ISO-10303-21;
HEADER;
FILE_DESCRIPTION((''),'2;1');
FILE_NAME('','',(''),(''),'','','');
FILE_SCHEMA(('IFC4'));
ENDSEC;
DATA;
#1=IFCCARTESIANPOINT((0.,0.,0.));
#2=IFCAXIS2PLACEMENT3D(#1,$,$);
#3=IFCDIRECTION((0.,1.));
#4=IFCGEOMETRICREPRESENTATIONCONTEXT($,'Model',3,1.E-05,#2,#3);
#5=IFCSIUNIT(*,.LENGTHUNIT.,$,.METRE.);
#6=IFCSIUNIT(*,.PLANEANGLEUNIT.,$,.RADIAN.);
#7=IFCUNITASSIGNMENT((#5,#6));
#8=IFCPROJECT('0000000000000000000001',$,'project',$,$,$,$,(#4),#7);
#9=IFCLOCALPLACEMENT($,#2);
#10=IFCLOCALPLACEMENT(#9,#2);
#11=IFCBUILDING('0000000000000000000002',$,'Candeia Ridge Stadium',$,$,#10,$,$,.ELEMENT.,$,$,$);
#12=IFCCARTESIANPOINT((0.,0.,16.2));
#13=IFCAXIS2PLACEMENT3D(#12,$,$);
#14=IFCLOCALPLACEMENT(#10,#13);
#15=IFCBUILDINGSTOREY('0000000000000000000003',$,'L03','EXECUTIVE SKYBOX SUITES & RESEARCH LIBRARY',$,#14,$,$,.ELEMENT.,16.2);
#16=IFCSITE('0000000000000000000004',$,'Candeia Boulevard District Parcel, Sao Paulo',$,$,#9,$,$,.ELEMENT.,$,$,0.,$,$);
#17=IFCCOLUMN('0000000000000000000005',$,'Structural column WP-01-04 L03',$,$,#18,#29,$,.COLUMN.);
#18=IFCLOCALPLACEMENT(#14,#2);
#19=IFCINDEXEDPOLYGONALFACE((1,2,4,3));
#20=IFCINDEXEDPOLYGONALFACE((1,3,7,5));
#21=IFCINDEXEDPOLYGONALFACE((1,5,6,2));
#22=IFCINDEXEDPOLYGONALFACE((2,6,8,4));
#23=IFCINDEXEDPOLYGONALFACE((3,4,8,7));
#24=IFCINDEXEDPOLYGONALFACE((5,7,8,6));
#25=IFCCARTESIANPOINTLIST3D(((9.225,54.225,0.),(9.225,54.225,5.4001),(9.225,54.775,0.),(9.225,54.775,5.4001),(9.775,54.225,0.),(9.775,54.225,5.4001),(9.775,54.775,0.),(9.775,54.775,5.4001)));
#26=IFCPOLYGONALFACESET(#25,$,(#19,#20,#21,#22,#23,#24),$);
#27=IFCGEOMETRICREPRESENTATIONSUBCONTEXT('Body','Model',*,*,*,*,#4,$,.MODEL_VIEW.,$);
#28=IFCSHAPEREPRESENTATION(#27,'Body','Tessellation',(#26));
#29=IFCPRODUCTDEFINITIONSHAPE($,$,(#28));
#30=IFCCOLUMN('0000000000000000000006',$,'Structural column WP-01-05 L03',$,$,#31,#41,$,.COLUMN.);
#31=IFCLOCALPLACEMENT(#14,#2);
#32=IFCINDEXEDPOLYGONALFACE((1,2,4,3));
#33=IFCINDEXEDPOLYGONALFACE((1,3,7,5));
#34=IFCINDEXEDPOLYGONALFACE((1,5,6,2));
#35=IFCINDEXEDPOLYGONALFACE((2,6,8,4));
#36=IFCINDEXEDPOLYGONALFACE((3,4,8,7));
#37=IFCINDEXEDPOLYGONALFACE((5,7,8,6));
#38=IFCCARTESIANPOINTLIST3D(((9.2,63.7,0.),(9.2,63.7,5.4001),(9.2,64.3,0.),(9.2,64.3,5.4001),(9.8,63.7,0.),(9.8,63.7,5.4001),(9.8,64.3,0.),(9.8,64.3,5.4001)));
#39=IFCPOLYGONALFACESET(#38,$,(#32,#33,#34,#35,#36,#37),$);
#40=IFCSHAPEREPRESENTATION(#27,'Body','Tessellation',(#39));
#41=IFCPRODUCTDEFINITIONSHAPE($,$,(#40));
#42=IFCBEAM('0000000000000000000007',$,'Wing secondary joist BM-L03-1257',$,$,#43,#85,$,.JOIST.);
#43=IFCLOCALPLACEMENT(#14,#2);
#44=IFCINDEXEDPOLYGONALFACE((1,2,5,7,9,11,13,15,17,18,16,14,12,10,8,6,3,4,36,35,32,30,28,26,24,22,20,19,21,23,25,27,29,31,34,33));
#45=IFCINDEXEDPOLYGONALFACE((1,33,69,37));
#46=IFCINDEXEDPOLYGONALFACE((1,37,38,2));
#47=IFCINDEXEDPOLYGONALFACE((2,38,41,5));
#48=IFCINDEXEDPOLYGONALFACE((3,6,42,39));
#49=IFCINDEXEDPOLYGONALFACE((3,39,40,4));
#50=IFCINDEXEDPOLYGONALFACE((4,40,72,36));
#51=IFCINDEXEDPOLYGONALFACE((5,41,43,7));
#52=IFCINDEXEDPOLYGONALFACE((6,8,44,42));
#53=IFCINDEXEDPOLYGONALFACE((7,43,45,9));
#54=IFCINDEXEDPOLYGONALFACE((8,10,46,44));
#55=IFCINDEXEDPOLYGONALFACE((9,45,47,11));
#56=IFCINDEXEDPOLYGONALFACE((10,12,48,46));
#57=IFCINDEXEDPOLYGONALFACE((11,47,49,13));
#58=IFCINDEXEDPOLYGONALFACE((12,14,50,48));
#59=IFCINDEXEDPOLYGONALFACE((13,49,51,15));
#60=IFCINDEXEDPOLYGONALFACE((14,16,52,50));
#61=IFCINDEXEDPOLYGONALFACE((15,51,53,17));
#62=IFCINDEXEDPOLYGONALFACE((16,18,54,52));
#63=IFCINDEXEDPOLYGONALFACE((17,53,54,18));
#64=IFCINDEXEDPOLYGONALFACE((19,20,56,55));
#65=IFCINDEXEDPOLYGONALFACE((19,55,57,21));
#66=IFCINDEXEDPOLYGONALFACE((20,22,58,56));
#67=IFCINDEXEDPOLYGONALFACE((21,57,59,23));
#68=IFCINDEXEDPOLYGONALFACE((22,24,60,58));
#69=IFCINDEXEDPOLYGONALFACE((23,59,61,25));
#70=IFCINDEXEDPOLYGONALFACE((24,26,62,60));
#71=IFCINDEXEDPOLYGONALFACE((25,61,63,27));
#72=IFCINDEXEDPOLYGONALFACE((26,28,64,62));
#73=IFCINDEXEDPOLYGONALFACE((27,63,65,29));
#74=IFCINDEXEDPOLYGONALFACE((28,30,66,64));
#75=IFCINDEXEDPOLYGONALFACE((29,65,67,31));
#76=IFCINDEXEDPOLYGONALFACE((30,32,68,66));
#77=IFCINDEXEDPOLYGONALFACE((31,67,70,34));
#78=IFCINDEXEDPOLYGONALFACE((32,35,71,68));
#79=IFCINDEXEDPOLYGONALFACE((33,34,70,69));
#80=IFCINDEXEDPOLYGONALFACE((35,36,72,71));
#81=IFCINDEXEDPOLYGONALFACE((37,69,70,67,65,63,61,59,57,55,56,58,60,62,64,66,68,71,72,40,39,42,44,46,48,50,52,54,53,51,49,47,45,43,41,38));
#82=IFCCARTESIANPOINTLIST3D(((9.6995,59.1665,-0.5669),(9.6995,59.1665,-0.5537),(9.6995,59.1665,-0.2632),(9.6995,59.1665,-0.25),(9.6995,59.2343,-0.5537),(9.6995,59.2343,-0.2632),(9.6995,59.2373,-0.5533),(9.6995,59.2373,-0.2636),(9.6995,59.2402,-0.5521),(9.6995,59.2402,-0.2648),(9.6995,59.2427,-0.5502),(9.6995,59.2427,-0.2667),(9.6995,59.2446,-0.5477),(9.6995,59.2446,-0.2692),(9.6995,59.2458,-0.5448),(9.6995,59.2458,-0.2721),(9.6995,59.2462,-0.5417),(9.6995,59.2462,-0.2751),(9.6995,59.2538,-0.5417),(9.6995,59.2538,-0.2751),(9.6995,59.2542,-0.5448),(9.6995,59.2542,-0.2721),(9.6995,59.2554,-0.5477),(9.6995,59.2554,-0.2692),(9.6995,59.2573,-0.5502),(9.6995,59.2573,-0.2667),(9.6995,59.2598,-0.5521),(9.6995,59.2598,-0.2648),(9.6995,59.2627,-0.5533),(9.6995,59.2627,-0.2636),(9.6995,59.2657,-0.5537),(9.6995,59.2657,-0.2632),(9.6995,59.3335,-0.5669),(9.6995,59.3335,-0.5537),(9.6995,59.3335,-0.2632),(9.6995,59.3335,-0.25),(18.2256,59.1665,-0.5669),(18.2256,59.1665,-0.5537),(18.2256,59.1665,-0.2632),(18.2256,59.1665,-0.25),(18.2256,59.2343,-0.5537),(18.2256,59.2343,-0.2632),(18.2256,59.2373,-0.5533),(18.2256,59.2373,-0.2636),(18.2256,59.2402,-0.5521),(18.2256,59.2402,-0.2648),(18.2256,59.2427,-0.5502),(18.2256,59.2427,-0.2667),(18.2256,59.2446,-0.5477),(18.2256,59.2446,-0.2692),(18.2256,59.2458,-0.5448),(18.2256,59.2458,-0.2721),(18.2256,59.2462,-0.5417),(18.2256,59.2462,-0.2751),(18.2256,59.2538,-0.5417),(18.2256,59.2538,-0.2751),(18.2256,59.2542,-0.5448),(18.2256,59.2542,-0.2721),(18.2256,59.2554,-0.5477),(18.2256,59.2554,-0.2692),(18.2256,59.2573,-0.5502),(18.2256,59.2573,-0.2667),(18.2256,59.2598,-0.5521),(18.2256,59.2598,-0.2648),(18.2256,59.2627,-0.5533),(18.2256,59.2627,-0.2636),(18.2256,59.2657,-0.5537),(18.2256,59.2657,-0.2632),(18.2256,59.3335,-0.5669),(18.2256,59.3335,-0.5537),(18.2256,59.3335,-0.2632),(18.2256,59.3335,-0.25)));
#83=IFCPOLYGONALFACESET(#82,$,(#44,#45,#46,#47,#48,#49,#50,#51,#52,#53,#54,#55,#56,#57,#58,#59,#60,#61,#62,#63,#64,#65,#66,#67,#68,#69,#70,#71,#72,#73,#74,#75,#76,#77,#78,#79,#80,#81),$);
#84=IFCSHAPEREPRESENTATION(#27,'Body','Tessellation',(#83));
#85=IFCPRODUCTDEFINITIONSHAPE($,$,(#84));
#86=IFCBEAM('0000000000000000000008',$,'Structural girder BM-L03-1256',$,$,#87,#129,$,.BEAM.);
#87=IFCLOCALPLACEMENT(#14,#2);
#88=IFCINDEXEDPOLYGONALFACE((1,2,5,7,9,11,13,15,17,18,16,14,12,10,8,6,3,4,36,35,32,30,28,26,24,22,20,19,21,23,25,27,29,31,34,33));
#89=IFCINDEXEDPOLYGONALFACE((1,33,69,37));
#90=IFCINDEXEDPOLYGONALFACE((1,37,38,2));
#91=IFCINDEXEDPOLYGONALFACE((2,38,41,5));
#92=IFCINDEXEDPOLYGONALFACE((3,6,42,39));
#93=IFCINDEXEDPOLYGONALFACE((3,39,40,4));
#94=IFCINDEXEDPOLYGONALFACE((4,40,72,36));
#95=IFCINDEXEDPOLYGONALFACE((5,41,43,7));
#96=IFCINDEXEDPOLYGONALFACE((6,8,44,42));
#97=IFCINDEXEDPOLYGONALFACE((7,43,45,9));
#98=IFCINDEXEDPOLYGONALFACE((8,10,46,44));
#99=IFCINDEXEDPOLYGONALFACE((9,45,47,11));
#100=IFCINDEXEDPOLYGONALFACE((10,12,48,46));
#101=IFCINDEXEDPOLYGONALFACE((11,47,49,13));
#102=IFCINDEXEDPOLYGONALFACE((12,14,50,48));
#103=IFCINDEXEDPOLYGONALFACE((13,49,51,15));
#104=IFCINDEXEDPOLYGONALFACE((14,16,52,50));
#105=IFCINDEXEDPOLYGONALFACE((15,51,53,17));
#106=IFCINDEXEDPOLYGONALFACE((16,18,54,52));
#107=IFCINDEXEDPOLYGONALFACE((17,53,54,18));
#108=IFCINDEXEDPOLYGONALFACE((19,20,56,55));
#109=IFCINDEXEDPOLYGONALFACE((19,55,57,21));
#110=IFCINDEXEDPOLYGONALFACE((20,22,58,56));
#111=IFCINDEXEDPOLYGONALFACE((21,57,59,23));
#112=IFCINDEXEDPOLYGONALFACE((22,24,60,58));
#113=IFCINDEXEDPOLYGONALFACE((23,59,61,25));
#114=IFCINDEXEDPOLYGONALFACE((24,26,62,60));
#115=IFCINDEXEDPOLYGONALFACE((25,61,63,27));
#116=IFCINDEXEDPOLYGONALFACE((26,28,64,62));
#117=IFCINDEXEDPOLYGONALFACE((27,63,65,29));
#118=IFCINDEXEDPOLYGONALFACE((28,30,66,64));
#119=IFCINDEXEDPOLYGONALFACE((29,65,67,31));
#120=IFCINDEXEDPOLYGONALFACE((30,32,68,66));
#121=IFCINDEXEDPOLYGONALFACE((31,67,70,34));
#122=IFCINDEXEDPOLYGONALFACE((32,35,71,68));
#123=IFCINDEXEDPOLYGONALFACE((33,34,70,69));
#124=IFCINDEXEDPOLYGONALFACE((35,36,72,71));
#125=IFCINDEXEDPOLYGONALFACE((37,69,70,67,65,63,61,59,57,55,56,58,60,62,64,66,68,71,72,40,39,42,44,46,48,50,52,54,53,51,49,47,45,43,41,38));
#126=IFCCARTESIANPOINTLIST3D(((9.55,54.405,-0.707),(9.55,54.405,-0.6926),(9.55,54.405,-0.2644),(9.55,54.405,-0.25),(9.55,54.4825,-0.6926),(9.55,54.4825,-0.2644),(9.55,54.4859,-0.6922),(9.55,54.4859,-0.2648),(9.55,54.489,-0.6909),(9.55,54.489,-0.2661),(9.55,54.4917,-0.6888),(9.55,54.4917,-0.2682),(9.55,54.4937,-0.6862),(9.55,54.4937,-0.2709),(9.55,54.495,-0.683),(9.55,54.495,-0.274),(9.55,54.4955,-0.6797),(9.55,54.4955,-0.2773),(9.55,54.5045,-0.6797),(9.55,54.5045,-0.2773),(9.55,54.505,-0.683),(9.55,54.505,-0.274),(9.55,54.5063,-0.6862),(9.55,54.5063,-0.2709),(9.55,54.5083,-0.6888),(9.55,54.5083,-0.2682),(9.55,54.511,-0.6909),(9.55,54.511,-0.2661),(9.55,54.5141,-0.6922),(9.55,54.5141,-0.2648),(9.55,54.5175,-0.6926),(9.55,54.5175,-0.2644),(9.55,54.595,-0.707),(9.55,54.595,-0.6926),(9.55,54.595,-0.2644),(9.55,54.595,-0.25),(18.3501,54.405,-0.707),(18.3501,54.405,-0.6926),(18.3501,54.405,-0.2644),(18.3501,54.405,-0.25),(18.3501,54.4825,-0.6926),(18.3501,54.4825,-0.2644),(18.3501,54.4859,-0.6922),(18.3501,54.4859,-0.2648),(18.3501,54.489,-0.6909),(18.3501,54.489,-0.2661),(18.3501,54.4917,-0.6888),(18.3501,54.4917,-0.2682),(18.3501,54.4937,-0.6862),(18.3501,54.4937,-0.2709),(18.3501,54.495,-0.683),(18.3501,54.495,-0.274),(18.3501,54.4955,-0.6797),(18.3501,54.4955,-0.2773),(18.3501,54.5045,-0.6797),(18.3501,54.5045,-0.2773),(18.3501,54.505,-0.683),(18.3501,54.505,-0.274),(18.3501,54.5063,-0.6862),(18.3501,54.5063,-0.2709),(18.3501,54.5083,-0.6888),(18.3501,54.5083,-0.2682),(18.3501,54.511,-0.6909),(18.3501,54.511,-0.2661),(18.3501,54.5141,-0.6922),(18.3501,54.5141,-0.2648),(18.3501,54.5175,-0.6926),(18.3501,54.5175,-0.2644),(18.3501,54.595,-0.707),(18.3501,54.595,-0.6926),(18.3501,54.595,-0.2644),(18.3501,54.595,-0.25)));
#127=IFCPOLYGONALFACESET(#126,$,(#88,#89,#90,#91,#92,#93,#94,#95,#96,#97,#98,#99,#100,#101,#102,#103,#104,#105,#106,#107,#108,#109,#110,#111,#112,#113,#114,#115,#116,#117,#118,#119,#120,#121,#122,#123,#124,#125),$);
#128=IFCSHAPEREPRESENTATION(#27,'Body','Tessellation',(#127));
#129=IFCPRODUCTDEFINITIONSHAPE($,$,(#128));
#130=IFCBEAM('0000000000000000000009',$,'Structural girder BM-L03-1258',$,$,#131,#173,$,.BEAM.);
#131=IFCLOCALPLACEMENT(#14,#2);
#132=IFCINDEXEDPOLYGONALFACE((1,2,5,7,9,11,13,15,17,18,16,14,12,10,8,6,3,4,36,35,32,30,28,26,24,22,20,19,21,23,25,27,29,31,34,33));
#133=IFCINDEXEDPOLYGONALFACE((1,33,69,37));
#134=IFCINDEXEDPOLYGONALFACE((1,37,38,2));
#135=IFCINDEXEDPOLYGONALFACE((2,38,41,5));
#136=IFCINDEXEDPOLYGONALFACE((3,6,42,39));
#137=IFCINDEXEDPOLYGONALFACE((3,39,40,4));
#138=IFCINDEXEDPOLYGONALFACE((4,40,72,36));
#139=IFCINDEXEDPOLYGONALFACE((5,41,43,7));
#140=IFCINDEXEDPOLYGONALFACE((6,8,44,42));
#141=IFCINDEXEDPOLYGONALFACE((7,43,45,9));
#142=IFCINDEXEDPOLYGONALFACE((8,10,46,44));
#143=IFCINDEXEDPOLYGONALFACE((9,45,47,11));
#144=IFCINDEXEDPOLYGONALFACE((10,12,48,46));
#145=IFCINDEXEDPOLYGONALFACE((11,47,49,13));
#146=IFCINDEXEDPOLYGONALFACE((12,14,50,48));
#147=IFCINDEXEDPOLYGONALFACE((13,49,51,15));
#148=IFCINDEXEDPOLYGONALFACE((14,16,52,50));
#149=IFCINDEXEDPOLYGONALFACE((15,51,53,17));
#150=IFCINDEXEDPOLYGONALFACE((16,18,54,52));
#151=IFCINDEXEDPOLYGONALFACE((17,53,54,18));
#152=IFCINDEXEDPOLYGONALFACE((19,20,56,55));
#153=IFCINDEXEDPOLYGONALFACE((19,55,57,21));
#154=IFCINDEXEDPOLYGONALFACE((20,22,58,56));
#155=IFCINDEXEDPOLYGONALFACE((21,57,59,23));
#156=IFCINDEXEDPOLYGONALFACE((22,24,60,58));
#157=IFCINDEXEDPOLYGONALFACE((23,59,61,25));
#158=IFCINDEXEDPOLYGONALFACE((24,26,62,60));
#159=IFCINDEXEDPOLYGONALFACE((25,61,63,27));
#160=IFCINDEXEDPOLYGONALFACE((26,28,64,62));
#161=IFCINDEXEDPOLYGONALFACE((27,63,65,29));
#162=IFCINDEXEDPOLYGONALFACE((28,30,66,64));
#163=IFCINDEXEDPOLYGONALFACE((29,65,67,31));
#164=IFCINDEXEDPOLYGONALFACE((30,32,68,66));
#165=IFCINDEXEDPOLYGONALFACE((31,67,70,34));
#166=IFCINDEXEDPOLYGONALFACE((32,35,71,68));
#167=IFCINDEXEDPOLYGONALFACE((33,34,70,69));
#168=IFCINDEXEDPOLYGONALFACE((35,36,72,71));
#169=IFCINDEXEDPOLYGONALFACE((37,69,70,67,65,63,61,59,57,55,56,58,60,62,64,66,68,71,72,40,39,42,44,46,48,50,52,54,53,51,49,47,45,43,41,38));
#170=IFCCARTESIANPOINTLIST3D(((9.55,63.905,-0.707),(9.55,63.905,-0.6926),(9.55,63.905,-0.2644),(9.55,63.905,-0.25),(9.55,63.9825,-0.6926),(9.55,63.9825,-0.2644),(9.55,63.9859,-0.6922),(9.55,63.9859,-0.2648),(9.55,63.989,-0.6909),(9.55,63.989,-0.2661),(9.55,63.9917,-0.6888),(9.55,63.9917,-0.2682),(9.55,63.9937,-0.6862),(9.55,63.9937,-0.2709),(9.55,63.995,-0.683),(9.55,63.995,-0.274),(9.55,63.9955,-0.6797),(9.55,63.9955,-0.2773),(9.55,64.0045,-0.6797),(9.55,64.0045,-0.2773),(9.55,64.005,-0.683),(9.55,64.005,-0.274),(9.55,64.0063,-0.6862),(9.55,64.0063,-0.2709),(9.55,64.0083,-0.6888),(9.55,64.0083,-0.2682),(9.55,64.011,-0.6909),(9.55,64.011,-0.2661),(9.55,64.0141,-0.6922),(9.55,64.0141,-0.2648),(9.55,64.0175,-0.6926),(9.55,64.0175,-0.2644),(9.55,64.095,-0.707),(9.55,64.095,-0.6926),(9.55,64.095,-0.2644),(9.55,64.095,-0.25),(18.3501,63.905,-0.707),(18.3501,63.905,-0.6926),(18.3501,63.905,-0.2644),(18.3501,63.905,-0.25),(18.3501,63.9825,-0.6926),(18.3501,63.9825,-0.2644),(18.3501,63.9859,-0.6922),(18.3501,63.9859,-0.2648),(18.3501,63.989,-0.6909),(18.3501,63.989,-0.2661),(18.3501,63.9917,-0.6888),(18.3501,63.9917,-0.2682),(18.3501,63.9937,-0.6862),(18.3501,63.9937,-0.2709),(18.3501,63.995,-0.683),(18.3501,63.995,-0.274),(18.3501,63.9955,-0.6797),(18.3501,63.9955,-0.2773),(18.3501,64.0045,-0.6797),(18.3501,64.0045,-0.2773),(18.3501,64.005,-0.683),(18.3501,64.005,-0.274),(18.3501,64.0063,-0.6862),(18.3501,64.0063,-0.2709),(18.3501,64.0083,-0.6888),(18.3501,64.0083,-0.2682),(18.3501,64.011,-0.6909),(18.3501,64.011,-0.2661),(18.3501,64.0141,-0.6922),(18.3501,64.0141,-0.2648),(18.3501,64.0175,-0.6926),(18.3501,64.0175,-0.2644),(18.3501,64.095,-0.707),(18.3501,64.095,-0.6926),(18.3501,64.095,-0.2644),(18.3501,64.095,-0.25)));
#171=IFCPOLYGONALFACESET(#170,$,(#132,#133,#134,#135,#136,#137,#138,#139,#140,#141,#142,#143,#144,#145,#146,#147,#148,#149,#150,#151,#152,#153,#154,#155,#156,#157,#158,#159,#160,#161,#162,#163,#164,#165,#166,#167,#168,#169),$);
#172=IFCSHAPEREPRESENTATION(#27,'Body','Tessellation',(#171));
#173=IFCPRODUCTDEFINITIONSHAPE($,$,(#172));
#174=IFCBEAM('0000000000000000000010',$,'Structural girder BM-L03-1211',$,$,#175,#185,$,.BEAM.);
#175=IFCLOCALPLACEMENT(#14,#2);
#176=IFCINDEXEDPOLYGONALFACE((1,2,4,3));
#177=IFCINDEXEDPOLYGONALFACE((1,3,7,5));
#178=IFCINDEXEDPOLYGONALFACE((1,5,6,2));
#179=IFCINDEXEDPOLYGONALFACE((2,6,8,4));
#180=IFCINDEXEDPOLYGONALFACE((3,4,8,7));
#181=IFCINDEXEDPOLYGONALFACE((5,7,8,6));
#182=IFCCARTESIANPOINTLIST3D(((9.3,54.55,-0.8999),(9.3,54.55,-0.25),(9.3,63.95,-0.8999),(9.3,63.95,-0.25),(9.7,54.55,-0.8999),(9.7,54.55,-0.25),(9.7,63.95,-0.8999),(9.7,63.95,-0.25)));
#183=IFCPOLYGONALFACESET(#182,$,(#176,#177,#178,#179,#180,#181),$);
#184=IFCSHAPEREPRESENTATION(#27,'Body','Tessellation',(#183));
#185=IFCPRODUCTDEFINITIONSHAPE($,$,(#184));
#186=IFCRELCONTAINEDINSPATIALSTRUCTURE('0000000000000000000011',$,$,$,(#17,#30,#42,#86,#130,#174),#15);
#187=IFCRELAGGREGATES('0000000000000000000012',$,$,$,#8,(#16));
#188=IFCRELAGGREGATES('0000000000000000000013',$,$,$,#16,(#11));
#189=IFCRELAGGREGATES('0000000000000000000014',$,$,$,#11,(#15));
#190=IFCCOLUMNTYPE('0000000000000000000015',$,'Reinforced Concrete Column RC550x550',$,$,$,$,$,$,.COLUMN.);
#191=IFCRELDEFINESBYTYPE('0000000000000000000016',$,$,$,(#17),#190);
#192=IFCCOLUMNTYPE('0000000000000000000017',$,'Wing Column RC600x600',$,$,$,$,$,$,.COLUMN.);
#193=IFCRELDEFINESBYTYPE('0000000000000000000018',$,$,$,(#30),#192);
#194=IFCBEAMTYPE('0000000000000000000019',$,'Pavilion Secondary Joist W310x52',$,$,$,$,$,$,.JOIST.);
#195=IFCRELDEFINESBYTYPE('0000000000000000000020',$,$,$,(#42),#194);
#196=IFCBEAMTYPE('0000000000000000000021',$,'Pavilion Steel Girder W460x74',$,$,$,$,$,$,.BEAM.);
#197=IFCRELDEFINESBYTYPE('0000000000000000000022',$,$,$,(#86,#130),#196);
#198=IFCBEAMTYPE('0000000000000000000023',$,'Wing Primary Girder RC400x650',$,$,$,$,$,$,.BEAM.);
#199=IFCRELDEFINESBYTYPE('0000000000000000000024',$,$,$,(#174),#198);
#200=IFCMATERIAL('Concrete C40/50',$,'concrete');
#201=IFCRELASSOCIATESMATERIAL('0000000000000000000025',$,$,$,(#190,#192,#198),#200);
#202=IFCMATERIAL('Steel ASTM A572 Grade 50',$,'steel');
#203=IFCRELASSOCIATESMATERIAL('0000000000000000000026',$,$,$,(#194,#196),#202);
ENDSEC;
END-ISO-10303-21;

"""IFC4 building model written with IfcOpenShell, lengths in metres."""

from ifc_helpers import new_model, si_unit, direction, frame, origin, origin_2d, place, context, subcontext, project, spatial, rectangle, i_section, extrude, material, material_profile, profile_set, type_object, element, save


model = new_model("IFC4")

# Units and contexts
model_context = context("Model", 3, precision=1e-05, world=origin(), true_north=direction((0.0, 1.0)))
body_context = subcontext(model_context, "Body", "Model", "MODEL_VIEW")
ifc_project = project(units=[si_unit("LENGTHUNIT", "METRE"), si_unit("PLANEANGLEUNIT", "RADIAN")], contexts=[model_context])

# Site, building, storey
site_placement = place(None, origin())
site = spatial("IfcSite", under=ifc_project, at=site_placement, Name="Candeia Boulevard District Parcel, Sao Paulo", CompositionType="ELEMENT", RefElevation=0.0)
building_placement = place(site_placement, origin())
building = spatial("IfcBuilding", under=site, at=building_placement, Name="Candeia Ridge Stadium", CompositionType="ELEMENT")
storey_placement = place(building_placement, frame((0.0, 0.0, 16.2)))
storey = spatial("IfcBuildingStorey", under=building, at=storey_placement, Name="L03", Description="EXECUTIVE SKYBOX SUITES & RESEARCH LIBRARY", CompositionType="ELEMENT", Elevation=16.2)

# Columns
ifc_material_1 = material(Name="Concrete C40/50", Category="concrete")
ifc_material_profile_1 = material_profile(ifc_material_1, rectangle(XDim=0.55, YDim=0.55, at=origin_2d()), Name="RC550x550", Category="concrete")
ifc_profile_set_1 = profile_set([ifc_material_profile_1], Name="Concrete C40/50")
column_type_1 = type_object("IfcColumnType", Name="Reinforced Concrete Column RC550x550", PredefinedType="COLUMN", material=ifc_profile_set_1)
column_1_placement = place(storey_placement, frame((9.5, 54.5, 0.0), z_axis=(0.0, 0.0, 1.0), x_axis=(1.0, 0.0, 0.0)))
element("IfcColumn", 1, at=column_1_placement, inside=storey, type_object=column_type_1, Name="Structural column WP-01-04 L03", PredefinedType="COLUMN", context=body_context, shape_type="SweptSolid", body=[
    extrude(rectangle(XDim=0.55, YDim=0.55, at=origin_2d()), origin(), (0.0, 0.0, 1.0), 5.4001),
])
ifc_material_profile_2 = material_profile(ifc_material_1, rectangle(XDim=0.6001, YDim=0.6001, at=origin_2d()), Name="RC600x600", Category="concrete")
ifc_profile_set_2 = profile_set([ifc_material_profile_2], Name="Concrete C40/50")
column_type_2 = type_object("IfcColumnType", Name="Wing Column RC600x600", PredefinedType="COLUMN", material=ifc_profile_set_2)
column_2_placement = place(storey_placement, frame((9.5, 64.0, 0.0), z_axis=(0.0, 0.0, 1.0), x_axis=(1.0, 0.0, 0.0)))
element("IfcColumn", 2, at=column_2_placement, inside=storey, type_object=column_type_2, Name="Structural column WP-01-05 L03", PredefinedType="COLUMN", context=body_context, shape_type="SweptSolid", body=[
    extrude(rectangle(XDim=0.6001, YDim=0.6001, at=origin_2d()), origin(), (0.0, 0.0, 1.0), 5.4001),
])

# Beams
ifc_material_2 = material(Name="Steel ASTM A572 Grade 50", Category="steel")
ifc_material_profile_3 = material_profile(ifc_material_2, i_section(OverallWidth=0.167, OverallDepth=0.3169, WebThickness=0.0076, FlangeThickness=0.0132, FilletRadius=0.012, at=origin_2d()), Name="W310x52", Category="steel")
ifc_profile_set_3 = profile_set([ifc_material_profile_3], Name="Steel ASTM A572 Grade 50")
beam_type_1 = type_object("IfcBeamType", Name="Pavilion Secondary Joist W310x52", PredefinedType="JOIST", material=ifc_profile_set_3)
beam_placement = place(storey_placement, frame((9.6995, 59.25, -0.4084), z_axis=(1.0, 0.0, 0.0), x_axis=(0.0, 1.0, 0.0)))
element("IfcBeam", 3, at=beam_placement, inside=storey, type_object=beam_type_1, Name="Wing secondary joist BM-L03-1257", PredefinedType="JOIST", context=body_context, shape_type="SweptSolid", body=[
    extrude(i_section(OverallWidth=0.167, OverallDepth=0.3169, WebThickness=0.0076, FlangeThickness=0.0132, FilletRadius=0.012, at=origin_2d()), origin(), (0.0, 0.0, 1.0), 8.5261),
])
ifc_material_profile_4 = material_profile(ifc_material_2, i_section(OverallWidth=0.1899, OverallDepth=0.457, WebThickness=0.009, FlangeThickness=0.0144, FilletRadius=0.0129, at=origin_2d()), Name="W460x74", Category="steel")
ifc_profile_set_4 = profile_set([ifc_material_profile_4], Name="Steel ASTM A572 Grade 50")
beam_type_2 = type_object("IfcBeamType", Name="Pavilion Steel Girder W460x74", PredefinedType="BEAM", material=ifc_profile_set_4)
for number, where, z_axis, x_axis, name in (
    (4, (9.55, 54.5, -0.4785), (1.0, 0.0, 0.0), (0.0, 1.0, 0.0), "Structural girder BM-L03-1256"),
    (5, (9.55, 64.0, -0.4785), (1.0, 0.0, 0.0), (0.0, 1.0, 0.0), "Structural girder BM-L03-1258"),
):
    element("IfcBeam", number, at=place(storey_placement, frame(where, z_axis=z_axis, x_axis=x_axis)), inside=storey, type_object=beam_type_2, Name=name, PredefinedType="BEAM", context=body_context, shape_type="SweptSolid", body=[
        extrude(i_section(OverallWidth=0.1899, OverallDepth=0.457, WebThickness=0.009, FlangeThickness=0.0144, FilletRadius=0.0129, at=origin_2d()), origin(), (0.0, 0.0, 1.0), 8.8),
    ])
ifc_material_profile_5 = material_profile(ifc_material_1, rectangle(XDim=0.3999, YDim=0.6499, at=origin_2d()), Name="RC400x650", Category="concrete")
ifc_profile_set_5 = profile_set([ifc_material_profile_5], Name="Concrete C40/50")
beam_type_3 = type_object("IfcBeamType", Name="Wing Primary Girder RC400x650", PredefinedType="BEAM", material=ifc_profile_set_5)
for number, where, z_axis, x_axis, name in (
    (6, (9.5, 54.55, -0.575), (0.0, 1.0, 0.0), (-1.0, 0.0, 0.0), "Structural girder BM-L03-1211"),
):
    element("IfcBeam", number, at=place(storey_placement, frame(where, z_axis=z_axis, x_axis=x_axis)), inside=storey, type_object=beam_type_3, Name=name, PredefinedType="BEAM", context=body_context, shape_type="SweptSolid", body=[
        extrude(rectangle(XDim=0.3999, YDim=0.6499, at=origin_2d()), origin(), (0.0, 0.0, 1.0), 9.3999),
    ])

save(model, "model.ifc")
